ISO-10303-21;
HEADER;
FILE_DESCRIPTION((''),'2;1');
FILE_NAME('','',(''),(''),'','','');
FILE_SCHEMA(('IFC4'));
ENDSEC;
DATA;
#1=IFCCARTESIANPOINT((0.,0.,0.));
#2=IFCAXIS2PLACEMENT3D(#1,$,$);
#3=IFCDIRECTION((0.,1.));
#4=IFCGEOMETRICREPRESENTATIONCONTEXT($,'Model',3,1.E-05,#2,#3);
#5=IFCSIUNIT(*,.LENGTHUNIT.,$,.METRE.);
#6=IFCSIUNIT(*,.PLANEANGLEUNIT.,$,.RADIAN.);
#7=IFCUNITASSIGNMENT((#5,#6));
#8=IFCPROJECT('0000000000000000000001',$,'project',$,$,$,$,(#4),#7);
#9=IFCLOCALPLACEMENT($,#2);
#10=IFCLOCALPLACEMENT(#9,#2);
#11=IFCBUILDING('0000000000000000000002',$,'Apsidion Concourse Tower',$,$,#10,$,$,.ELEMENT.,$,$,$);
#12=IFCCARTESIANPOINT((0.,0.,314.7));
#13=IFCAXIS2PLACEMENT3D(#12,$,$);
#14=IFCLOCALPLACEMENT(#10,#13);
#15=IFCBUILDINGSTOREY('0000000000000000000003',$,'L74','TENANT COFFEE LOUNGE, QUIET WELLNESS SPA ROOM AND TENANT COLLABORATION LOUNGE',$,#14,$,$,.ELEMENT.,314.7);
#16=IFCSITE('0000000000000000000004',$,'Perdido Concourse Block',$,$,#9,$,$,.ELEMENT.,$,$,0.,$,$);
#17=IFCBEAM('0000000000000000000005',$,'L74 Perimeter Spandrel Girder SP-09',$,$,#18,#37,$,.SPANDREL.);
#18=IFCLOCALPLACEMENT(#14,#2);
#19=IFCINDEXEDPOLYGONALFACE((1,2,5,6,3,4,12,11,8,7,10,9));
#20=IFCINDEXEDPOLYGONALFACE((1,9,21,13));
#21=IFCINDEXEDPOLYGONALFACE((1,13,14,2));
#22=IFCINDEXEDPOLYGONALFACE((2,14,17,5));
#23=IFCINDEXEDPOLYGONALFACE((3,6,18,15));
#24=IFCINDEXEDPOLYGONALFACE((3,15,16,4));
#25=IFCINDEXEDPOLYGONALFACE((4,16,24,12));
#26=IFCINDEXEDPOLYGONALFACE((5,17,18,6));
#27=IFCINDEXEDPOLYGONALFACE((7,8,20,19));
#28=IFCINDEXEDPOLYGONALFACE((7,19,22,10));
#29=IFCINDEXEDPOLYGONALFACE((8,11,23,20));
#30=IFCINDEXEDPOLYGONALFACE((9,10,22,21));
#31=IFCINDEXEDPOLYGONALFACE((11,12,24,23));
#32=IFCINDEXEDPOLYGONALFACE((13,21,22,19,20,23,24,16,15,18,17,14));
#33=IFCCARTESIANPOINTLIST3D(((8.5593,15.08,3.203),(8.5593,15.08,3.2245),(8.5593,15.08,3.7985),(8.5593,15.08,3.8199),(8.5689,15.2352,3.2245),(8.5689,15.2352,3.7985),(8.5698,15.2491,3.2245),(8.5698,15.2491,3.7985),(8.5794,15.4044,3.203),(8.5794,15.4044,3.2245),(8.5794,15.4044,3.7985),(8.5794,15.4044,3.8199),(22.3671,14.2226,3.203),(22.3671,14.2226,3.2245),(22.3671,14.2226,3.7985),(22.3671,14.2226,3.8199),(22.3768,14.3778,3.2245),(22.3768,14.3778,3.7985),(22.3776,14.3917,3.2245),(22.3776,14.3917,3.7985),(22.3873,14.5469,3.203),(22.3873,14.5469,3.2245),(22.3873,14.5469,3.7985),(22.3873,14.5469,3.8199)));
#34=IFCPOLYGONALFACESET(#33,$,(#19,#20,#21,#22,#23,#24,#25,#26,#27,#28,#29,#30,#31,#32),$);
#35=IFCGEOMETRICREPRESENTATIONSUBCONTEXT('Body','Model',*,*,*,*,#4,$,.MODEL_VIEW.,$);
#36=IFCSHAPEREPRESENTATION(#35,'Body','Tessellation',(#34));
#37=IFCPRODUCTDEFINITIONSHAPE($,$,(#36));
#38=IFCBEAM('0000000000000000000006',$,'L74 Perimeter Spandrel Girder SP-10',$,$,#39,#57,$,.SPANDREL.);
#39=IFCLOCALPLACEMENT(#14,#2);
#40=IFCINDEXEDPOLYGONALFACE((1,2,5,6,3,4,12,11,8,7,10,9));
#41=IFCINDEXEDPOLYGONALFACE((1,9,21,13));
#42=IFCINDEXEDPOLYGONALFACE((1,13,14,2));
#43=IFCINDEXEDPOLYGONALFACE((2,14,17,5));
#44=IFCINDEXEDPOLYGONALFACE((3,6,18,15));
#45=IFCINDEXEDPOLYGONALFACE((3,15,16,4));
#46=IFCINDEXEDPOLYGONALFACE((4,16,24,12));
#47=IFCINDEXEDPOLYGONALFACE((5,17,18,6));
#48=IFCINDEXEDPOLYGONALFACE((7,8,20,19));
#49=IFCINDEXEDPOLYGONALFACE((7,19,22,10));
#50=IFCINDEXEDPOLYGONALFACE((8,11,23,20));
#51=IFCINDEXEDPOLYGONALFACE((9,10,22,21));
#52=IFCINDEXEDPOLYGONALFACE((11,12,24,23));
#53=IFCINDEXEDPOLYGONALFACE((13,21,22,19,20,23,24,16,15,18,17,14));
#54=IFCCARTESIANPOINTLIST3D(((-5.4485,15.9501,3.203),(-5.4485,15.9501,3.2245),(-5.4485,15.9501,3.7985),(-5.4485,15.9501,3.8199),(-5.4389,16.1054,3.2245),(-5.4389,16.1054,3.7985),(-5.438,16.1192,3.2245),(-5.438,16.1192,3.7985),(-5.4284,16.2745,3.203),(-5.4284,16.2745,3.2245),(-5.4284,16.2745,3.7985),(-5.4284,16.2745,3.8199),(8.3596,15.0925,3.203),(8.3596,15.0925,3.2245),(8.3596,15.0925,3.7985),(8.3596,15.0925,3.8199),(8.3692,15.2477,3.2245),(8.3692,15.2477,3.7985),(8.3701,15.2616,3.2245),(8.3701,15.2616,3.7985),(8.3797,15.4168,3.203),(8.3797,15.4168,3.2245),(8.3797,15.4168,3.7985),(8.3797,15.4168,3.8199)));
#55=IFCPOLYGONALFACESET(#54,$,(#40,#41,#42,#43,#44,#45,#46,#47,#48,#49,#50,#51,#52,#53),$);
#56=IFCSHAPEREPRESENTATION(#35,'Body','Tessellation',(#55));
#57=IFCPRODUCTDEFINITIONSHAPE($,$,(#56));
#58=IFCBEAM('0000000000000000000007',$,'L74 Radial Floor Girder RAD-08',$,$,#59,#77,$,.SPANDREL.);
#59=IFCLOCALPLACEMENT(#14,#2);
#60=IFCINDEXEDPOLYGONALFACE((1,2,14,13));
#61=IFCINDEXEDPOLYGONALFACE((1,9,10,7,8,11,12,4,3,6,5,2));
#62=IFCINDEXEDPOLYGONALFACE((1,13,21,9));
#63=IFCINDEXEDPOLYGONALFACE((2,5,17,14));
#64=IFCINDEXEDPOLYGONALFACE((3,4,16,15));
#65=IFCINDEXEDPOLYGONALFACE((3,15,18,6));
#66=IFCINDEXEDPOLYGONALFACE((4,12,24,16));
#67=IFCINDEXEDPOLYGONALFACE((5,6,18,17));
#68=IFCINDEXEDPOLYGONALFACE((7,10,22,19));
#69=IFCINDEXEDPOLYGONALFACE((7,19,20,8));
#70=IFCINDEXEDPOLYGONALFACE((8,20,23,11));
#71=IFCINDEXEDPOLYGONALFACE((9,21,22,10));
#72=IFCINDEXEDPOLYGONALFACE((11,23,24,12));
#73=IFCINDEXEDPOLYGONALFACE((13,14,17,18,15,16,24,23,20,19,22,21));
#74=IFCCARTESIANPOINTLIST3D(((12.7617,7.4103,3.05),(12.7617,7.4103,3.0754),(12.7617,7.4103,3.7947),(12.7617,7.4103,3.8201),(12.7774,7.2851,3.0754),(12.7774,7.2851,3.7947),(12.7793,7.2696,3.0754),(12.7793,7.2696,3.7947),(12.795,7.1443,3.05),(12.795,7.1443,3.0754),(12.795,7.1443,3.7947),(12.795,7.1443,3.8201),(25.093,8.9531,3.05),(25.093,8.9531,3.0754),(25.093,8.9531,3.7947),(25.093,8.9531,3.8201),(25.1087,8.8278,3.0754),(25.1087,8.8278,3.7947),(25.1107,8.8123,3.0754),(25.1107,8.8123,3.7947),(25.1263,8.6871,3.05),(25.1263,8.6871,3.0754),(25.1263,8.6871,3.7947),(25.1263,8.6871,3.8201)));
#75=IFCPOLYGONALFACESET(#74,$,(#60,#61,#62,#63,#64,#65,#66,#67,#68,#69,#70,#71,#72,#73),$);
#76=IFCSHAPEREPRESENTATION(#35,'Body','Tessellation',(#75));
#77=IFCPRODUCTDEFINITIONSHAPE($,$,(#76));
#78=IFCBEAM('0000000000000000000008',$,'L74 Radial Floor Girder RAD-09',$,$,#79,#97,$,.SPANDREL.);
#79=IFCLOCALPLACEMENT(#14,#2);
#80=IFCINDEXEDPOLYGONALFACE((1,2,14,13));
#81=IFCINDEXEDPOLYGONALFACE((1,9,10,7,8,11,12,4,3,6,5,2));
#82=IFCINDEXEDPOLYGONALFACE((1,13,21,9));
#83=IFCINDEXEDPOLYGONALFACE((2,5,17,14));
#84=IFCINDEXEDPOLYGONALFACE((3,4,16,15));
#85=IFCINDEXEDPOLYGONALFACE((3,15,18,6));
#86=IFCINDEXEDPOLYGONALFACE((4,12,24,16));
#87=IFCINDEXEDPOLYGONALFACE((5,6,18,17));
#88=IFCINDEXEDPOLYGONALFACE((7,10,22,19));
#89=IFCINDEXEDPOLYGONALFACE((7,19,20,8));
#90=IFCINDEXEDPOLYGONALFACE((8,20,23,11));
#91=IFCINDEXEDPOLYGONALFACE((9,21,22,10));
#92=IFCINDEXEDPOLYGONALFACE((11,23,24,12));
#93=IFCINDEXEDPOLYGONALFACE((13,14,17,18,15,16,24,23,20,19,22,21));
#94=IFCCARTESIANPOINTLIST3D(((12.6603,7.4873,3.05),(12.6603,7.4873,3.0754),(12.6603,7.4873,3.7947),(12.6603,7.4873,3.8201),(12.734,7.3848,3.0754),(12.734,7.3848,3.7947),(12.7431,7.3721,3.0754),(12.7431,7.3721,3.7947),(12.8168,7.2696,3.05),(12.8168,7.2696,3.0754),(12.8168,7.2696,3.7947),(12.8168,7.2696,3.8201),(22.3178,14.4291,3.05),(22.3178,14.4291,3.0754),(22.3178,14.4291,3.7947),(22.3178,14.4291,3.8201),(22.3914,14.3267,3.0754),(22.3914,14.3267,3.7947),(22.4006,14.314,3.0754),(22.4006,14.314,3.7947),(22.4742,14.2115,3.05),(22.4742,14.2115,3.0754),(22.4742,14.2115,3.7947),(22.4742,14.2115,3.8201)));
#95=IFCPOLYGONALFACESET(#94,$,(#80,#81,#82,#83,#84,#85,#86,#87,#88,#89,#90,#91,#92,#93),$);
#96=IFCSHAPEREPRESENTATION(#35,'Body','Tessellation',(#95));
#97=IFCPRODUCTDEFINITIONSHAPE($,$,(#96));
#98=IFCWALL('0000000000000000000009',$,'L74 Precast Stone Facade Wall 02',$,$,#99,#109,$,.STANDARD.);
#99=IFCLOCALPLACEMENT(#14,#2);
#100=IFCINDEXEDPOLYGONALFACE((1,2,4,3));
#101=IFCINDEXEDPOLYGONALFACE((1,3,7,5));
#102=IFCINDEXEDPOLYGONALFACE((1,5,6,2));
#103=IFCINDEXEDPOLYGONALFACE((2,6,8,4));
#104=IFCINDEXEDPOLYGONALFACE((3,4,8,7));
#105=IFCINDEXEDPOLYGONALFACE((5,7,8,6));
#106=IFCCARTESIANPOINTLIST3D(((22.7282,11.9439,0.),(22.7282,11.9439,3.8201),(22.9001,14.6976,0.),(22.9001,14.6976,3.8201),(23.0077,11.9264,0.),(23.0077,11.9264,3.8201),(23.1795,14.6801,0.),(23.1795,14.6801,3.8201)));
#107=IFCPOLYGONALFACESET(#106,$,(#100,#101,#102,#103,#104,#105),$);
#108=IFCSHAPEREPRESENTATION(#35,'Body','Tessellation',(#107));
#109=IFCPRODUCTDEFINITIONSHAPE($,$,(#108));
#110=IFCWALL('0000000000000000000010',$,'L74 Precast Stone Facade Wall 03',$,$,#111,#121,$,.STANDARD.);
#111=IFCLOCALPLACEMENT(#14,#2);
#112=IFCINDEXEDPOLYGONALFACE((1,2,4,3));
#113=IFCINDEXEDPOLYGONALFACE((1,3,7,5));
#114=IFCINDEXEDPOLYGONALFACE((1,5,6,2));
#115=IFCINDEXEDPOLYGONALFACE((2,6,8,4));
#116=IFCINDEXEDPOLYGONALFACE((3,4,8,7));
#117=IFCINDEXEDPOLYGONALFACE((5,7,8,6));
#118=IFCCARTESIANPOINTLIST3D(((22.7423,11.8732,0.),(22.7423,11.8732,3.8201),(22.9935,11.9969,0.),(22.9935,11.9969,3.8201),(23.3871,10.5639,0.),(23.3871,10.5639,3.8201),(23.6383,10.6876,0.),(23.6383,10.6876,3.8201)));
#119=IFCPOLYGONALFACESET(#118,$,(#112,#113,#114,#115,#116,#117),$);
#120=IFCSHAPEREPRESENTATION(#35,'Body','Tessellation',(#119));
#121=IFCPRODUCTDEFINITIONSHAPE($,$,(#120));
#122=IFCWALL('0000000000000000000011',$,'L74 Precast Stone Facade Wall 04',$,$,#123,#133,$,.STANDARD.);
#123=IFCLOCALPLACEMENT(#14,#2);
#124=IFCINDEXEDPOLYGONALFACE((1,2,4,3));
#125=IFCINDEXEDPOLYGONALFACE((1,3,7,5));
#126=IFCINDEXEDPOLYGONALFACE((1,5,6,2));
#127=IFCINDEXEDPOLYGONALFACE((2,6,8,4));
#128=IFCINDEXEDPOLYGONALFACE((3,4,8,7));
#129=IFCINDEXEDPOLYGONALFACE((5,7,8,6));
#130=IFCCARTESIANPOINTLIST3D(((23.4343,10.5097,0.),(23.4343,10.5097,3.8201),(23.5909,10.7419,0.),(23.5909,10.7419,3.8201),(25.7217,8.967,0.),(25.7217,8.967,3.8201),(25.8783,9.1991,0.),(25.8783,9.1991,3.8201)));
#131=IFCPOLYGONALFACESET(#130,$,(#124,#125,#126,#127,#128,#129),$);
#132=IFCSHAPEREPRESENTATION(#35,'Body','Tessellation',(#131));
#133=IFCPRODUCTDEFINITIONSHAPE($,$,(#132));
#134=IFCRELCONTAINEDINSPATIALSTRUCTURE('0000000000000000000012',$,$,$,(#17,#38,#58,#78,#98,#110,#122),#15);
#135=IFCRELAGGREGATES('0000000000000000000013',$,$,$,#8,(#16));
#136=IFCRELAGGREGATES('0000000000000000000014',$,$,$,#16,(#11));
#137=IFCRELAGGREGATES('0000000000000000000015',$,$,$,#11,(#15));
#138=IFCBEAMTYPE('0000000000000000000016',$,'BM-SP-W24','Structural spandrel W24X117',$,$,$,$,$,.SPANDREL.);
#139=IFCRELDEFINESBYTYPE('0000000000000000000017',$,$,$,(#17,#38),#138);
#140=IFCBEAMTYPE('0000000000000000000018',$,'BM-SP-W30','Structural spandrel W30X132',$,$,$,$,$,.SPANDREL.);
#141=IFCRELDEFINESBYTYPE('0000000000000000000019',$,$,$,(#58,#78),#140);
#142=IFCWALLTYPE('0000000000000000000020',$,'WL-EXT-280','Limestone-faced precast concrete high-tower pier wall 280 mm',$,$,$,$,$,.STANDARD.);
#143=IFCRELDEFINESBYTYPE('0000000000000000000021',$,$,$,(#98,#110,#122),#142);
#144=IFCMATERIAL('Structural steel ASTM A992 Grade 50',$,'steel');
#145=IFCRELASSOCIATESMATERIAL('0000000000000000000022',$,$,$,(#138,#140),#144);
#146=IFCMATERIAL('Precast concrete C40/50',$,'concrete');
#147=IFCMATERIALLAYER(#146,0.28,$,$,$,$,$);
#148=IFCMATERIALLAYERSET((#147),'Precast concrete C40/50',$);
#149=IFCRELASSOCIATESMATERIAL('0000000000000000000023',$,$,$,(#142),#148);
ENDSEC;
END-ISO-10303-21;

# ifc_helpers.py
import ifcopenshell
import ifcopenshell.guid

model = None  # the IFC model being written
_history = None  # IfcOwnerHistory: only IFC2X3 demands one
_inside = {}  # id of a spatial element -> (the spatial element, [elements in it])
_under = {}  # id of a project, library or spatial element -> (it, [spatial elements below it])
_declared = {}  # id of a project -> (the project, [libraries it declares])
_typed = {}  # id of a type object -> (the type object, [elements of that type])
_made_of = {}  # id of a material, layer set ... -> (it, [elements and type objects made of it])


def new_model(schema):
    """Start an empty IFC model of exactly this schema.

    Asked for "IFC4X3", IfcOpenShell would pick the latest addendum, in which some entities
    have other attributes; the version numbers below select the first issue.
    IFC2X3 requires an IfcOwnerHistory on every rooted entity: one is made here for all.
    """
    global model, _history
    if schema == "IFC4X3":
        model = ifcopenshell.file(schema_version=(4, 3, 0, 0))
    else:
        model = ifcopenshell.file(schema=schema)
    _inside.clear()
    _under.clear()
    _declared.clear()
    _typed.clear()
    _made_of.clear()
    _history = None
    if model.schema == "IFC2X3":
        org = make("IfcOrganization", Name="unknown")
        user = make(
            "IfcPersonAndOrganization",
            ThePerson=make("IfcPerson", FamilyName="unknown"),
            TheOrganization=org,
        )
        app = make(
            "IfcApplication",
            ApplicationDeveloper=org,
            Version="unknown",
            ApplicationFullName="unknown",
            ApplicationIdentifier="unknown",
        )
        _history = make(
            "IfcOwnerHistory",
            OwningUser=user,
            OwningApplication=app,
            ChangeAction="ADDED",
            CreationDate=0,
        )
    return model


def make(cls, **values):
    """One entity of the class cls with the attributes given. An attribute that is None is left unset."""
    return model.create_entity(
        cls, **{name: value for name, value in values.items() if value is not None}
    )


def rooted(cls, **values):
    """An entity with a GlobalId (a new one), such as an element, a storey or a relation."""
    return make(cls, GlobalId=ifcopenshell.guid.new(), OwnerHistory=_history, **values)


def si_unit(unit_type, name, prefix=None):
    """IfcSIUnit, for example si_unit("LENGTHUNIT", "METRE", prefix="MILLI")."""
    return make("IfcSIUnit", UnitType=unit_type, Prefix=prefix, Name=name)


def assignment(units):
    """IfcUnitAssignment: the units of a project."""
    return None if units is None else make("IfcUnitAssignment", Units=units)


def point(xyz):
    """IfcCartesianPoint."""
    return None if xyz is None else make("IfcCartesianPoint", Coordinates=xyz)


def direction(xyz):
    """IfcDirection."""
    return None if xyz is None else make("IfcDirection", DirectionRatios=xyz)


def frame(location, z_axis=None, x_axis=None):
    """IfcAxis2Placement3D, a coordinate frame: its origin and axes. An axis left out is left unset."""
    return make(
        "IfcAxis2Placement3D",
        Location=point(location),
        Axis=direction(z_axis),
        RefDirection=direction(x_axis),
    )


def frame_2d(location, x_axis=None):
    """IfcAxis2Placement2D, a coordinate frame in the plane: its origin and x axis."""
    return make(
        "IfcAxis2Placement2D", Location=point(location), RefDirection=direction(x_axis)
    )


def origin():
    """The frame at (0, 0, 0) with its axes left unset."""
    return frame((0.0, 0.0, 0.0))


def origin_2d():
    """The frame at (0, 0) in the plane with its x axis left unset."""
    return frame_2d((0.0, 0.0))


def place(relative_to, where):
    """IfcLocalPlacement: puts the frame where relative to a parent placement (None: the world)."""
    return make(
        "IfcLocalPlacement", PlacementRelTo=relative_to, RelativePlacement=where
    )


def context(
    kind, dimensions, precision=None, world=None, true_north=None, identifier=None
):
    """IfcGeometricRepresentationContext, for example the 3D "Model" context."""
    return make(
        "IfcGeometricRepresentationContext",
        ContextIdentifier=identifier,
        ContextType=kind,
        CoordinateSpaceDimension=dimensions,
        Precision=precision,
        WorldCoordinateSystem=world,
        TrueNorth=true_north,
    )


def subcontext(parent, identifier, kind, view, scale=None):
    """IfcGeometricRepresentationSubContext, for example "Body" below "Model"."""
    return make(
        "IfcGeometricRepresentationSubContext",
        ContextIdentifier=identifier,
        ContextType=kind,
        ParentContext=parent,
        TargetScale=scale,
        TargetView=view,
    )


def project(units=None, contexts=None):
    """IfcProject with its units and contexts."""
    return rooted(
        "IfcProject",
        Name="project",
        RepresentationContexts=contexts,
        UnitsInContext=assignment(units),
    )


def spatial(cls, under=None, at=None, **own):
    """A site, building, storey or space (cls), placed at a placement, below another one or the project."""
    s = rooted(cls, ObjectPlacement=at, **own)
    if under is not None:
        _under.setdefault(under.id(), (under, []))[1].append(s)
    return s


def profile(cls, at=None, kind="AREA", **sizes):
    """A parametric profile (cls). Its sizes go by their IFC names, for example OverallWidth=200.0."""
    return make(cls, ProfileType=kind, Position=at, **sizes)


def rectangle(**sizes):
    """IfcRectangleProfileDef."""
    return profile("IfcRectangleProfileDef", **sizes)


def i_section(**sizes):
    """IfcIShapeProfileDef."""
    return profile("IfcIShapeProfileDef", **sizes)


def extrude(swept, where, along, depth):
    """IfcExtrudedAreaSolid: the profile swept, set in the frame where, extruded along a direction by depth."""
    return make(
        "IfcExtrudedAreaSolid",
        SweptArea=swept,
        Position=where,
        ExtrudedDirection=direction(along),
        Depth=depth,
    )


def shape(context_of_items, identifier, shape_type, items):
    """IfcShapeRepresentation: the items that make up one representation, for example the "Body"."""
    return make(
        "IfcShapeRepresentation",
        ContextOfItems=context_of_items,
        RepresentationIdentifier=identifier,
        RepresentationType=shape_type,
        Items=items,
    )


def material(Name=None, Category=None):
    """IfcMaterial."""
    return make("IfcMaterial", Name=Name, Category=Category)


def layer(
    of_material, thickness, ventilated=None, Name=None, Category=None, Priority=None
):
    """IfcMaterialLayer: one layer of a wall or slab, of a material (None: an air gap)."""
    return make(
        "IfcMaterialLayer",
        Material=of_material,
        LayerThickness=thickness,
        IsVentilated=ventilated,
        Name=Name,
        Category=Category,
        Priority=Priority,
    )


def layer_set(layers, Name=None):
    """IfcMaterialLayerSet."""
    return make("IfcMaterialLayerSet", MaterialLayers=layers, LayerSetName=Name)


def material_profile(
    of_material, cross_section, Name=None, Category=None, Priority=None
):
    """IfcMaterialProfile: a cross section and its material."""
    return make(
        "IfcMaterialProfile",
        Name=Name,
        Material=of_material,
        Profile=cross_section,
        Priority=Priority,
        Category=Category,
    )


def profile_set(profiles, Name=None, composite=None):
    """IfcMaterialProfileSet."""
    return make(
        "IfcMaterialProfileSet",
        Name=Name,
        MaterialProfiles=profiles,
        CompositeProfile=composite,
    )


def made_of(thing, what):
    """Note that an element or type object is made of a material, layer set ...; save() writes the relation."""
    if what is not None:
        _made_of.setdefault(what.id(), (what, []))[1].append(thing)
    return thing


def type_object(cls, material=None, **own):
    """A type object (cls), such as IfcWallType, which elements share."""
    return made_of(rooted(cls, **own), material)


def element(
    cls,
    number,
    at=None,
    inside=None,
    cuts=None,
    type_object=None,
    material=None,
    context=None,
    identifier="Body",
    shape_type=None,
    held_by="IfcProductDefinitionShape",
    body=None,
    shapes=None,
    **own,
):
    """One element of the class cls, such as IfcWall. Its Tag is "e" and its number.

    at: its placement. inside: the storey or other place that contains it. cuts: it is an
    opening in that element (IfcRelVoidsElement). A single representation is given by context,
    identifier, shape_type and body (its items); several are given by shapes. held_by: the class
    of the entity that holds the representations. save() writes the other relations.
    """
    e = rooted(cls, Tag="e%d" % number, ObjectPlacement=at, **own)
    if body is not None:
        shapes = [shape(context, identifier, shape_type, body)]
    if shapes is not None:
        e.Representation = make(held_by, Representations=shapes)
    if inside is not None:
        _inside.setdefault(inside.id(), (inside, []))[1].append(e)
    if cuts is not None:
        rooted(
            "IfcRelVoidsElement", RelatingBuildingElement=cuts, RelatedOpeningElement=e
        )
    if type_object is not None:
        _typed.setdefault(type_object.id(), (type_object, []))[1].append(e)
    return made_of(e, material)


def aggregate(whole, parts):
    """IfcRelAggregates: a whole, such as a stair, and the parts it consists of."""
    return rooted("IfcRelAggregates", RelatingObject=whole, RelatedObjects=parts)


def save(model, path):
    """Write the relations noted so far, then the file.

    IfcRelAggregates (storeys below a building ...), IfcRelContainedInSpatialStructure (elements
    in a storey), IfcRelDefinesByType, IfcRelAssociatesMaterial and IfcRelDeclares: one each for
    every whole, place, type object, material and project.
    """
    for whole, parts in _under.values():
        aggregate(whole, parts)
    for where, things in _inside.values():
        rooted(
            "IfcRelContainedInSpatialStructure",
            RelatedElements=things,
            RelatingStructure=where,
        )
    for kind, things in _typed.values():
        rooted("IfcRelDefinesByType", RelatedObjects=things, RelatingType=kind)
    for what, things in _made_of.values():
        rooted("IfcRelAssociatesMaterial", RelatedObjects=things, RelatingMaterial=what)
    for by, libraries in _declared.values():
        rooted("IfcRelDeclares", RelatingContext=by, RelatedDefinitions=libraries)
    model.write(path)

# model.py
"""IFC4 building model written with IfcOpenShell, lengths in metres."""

from ifc_helpers import new_model, si_unit, direction, frame, frame_2d, origin, origin_2d, place, context, subcontext, project, spatial, rectangle, i_section, extrude, material, layer, layer_set, material_profile, profile_set, type_object, element, save


model = new_model("IFC4")

# Units and contexts
model_context = context("Model", 3, precision=1e-05, world=origin(), true_north=direction((0.0, 1.0)))
body_context = subcontext(model_context, "Body", "Model", "MODEL_VIEW")
ifc_project = project(units=[si_unit("LENGTHUNIT", "METRE"), si_unit("PLANEANGLEUNIT", "RADIAN")], contexts=[model_context])

# Site, building, storey
site_placement = place(None, origin())
site = spatial("IfcSite", under=ifc_project, at=site_placement, Name="Perdido Concourse Block", CompositionType="ELEMENT", RefElevation=0.0)
building_placement = place(site_placement, origin())
building = spatial("IfcBuilding", under=site, at=building_placement, Name="Apsidion Concourse Tower", CompositionType="ELEMENT")
storey_placement = place(building_placement, frame((0.0, 0.0, 314.7)))
storey = spatial("IfcBuildingStorey", under=building, at=storey_placement, Name="L74", Description="TENANT COFFEE LOUNGE, QUIET WELLNESS SPA ROOM AND TENANT COLLABORATION LOUNGE", CompositionType="ELEMENT", Elevation=314.7)

# Shared definitions
ifc_material_1 = material(Name="Structural steel ASTM A992 Grade 50", Category="steel")

# Beams
ifc_material_profile_1 = material_profile(ifc_material_1, i_section(OverallWidth=0.325, OverallDepth=0.6169, WebThickness=0.0139, FlangeThickness=0.0215, at=origin_2d()), Name="W24X117")
ifc_profile_set_1 = profile_set([ifc_material_profile_1], Name="Structural steel ASTM A992 Grade 50")
beam_type_1 = type_object("IfcBeamType", Name="BM-SP-W24", Description="Structural spandrel W24X117", PredefinedType="SPANDREL", material=ifc_profile_set_1)
beam_1_placement = place(storey_placement, frame((22.3772, 14.3848, 3.5115), z_axis=(-0.998078, 0.061977, 0.0), x_axis=(-0.061977, -0.998078, 0.0)))
element("IfcBeam", 1, at=beam_1_placement, inside=storey, type_object=beam_type_1, Name="L74 Perimeter Spandrel Girder SP-09", PredefinedType="SPANDREL", context=body_context, shape_type="SweptSolid", body=[
    extrude(i_section(OverallWidth=0.325, OverallDepth=0.6169, WebThickness=0.0139, FlangeThickness=0.0215, at=origin_2d()), origin(), (0.0, 0.0, 1.0), 13.8345),
])
beam_2_placement = place(storey_placement, frame((8.3696, 15.2546, 3.5115), z_axis=(-0.998077, 0.061994, 0.0), x_axis=(-0.061994, -0.998077, 0.0)))
element("IfcBeam", 2, at=beam_2_placement, inside=storey, type_object=beam_type_1, Name="L74 Perimeter Spandrel Girder SP-10", PredefinedType="SPANDREL", context=body_context, shape_type="SweptSolid", body=[
    extrude(i_section(OverallWidth=0.325, OverallDepth=0.6169, WebThickness=0.0139, FlangeThickness=0.0215, at=origin_2d()), origin(), (0.0, 0.0, 1.0), 13.8347),
])
ifc_material_profile_2 = material_profile(ifc_material_1, i_section(OverallWidth=0.2681, OverallDepth=0.77, WebThickness=0.0156, FlangeThickness=0.0254, at=origin_2d()), Name="W30X132")
ifc_profile_set_2 = profile_set([ifc_material_profile_2], Name="Structural steel ASTM A992 Grade 50")
beam_type_2 = type_object("IfcBeamType", Name="BM-SP-W30", Description="Structural spandrel W30X132", PredefinedType="SPANDREL", material=ifc_profile_set_2)
beam_3_placement = place(storey_placement, frame((12.7783, 7.2773, 3.4351), z_axis=(0.992265, 0.124139, 0.0), x_axis=(-0.124139, 0.992265, 0.0)))
element("IfcBeam", 3, at=beam_3_placement, inside=storey, type_object=beam_type_2, Name="L74 Radial Floor Girder RAD-08", PredefinedType="SPANDREL", context=body_context, shape_type="SweptSolid", body=[
    extrude(i_section(OverallWidth=0.2681, OverallDepth=0.77, WebThickness=0.0156, FlangeThickness=0.0254, at=origin_2d()), origin(), (0.0, 0.0, 1.0), 12.4275),
])
beam_4_placement = place(storey_placement, frame((12.7385, 7.3784, 3.4351), z_axis=(0.811992, 0.583669, 0.0), x_axis=(-0.583669, 0.811992, 0.0)))
element("IfcBeam", 4, at=beam_4_placement, inside=storey, type_object=beam_type_2, Name="L74 Radial Floor Girder RAD-09", PredefinedType="SPANDREL", context=body_context, shape_type="SweptSolid", body=[
    extrude(i_section(OverallWidth=0.2681, OverallDepth=0.77, WebThickness=0.0156, FlangeThickness=0.0254, at=origin_2d()), origin(), (0.0, 0.0, 1.0), 11.8936),
])

# Walls
ifc_material_2 = material(Name="Precast concrete C40/50", Category="concrete")
ifc_layer_1 = layer(ifc_material_2, 0.28)
ifc_layer_set_1 = layer_set([ifc_layer_1], Name="Precast concrete C40/50")
wall_type_1 = type_object("IfcWallType", Name="WL-EXT-280", Description="Limestone-faced precast concrete high-tower pier wall 280 mm", PredefinedType="STANDARD", material=ifc_layer_set_1)
wall_1_placement = place(storey_placement, frame((23.0398, 14.6887, 0.0), z_axis=(0.0, 0.0, 1.0), x_axis=(-0.062296, -0.998058, 0.0)))
element("IfcWall", 5, at=wall_1_placement, inside=storey, type_object=wall_type_1, Name="L74 Precast Stone Facade Wall 02", PredefinedType="STANDARD", context=body_context, shape_type="SweptSolid", body=[
    extrude(rectangle(XDim=2.759, YDim=0.28, at=frame_2d((1.3794, 0.0))), origin(), (0.0, 0.0, 1.0), 3.8201),
])
wall_2_placement = place(storey_placement, frame((22.8679, 11.9351, 0.0), z_axis=(0.0, 0.0, 1.0), x_axis=(0.441786, -0.897121, 0.0)))
element("IfcWall", 6, at=wall_2_placement, inside=storey, type_object=wall_type_1, Name="L74 Precast Stone Facade Wall 03", PredefinedType="STANDARD", context=body_context, shape_type="SweptSolid", body=[
    extrude(rectangle(XDim=1.4595, YDim=0.28, at=frame_2d((0.7297, 0.0))), origin(), (0.0, 0.0, 1.0), 3.8201),
])
wall_3_placement = place(storey_placement, frame((23.5127, 10.6257, 0.0), z_axis=(0.0, 0.0, 1.0), x_axis=(0.829057, -0.559164, 0.0)))
element("IfcWall", 7, at=wall_3_placement, inside=storey, type_object=wall_type_1, Name="L74 Precast Stone Facade Wall 04", PredefinedType="STANDARD", context=body_context, shape_type="SweptSolid", body=[
    extrude(rectangle(XDim=2.759, YDim=0.28, at=frame_2d((1.3794, 0.0))), origin(), (0.0, 0.0, 1.0), 3.8201),
])

save(model, "model.ifc")
